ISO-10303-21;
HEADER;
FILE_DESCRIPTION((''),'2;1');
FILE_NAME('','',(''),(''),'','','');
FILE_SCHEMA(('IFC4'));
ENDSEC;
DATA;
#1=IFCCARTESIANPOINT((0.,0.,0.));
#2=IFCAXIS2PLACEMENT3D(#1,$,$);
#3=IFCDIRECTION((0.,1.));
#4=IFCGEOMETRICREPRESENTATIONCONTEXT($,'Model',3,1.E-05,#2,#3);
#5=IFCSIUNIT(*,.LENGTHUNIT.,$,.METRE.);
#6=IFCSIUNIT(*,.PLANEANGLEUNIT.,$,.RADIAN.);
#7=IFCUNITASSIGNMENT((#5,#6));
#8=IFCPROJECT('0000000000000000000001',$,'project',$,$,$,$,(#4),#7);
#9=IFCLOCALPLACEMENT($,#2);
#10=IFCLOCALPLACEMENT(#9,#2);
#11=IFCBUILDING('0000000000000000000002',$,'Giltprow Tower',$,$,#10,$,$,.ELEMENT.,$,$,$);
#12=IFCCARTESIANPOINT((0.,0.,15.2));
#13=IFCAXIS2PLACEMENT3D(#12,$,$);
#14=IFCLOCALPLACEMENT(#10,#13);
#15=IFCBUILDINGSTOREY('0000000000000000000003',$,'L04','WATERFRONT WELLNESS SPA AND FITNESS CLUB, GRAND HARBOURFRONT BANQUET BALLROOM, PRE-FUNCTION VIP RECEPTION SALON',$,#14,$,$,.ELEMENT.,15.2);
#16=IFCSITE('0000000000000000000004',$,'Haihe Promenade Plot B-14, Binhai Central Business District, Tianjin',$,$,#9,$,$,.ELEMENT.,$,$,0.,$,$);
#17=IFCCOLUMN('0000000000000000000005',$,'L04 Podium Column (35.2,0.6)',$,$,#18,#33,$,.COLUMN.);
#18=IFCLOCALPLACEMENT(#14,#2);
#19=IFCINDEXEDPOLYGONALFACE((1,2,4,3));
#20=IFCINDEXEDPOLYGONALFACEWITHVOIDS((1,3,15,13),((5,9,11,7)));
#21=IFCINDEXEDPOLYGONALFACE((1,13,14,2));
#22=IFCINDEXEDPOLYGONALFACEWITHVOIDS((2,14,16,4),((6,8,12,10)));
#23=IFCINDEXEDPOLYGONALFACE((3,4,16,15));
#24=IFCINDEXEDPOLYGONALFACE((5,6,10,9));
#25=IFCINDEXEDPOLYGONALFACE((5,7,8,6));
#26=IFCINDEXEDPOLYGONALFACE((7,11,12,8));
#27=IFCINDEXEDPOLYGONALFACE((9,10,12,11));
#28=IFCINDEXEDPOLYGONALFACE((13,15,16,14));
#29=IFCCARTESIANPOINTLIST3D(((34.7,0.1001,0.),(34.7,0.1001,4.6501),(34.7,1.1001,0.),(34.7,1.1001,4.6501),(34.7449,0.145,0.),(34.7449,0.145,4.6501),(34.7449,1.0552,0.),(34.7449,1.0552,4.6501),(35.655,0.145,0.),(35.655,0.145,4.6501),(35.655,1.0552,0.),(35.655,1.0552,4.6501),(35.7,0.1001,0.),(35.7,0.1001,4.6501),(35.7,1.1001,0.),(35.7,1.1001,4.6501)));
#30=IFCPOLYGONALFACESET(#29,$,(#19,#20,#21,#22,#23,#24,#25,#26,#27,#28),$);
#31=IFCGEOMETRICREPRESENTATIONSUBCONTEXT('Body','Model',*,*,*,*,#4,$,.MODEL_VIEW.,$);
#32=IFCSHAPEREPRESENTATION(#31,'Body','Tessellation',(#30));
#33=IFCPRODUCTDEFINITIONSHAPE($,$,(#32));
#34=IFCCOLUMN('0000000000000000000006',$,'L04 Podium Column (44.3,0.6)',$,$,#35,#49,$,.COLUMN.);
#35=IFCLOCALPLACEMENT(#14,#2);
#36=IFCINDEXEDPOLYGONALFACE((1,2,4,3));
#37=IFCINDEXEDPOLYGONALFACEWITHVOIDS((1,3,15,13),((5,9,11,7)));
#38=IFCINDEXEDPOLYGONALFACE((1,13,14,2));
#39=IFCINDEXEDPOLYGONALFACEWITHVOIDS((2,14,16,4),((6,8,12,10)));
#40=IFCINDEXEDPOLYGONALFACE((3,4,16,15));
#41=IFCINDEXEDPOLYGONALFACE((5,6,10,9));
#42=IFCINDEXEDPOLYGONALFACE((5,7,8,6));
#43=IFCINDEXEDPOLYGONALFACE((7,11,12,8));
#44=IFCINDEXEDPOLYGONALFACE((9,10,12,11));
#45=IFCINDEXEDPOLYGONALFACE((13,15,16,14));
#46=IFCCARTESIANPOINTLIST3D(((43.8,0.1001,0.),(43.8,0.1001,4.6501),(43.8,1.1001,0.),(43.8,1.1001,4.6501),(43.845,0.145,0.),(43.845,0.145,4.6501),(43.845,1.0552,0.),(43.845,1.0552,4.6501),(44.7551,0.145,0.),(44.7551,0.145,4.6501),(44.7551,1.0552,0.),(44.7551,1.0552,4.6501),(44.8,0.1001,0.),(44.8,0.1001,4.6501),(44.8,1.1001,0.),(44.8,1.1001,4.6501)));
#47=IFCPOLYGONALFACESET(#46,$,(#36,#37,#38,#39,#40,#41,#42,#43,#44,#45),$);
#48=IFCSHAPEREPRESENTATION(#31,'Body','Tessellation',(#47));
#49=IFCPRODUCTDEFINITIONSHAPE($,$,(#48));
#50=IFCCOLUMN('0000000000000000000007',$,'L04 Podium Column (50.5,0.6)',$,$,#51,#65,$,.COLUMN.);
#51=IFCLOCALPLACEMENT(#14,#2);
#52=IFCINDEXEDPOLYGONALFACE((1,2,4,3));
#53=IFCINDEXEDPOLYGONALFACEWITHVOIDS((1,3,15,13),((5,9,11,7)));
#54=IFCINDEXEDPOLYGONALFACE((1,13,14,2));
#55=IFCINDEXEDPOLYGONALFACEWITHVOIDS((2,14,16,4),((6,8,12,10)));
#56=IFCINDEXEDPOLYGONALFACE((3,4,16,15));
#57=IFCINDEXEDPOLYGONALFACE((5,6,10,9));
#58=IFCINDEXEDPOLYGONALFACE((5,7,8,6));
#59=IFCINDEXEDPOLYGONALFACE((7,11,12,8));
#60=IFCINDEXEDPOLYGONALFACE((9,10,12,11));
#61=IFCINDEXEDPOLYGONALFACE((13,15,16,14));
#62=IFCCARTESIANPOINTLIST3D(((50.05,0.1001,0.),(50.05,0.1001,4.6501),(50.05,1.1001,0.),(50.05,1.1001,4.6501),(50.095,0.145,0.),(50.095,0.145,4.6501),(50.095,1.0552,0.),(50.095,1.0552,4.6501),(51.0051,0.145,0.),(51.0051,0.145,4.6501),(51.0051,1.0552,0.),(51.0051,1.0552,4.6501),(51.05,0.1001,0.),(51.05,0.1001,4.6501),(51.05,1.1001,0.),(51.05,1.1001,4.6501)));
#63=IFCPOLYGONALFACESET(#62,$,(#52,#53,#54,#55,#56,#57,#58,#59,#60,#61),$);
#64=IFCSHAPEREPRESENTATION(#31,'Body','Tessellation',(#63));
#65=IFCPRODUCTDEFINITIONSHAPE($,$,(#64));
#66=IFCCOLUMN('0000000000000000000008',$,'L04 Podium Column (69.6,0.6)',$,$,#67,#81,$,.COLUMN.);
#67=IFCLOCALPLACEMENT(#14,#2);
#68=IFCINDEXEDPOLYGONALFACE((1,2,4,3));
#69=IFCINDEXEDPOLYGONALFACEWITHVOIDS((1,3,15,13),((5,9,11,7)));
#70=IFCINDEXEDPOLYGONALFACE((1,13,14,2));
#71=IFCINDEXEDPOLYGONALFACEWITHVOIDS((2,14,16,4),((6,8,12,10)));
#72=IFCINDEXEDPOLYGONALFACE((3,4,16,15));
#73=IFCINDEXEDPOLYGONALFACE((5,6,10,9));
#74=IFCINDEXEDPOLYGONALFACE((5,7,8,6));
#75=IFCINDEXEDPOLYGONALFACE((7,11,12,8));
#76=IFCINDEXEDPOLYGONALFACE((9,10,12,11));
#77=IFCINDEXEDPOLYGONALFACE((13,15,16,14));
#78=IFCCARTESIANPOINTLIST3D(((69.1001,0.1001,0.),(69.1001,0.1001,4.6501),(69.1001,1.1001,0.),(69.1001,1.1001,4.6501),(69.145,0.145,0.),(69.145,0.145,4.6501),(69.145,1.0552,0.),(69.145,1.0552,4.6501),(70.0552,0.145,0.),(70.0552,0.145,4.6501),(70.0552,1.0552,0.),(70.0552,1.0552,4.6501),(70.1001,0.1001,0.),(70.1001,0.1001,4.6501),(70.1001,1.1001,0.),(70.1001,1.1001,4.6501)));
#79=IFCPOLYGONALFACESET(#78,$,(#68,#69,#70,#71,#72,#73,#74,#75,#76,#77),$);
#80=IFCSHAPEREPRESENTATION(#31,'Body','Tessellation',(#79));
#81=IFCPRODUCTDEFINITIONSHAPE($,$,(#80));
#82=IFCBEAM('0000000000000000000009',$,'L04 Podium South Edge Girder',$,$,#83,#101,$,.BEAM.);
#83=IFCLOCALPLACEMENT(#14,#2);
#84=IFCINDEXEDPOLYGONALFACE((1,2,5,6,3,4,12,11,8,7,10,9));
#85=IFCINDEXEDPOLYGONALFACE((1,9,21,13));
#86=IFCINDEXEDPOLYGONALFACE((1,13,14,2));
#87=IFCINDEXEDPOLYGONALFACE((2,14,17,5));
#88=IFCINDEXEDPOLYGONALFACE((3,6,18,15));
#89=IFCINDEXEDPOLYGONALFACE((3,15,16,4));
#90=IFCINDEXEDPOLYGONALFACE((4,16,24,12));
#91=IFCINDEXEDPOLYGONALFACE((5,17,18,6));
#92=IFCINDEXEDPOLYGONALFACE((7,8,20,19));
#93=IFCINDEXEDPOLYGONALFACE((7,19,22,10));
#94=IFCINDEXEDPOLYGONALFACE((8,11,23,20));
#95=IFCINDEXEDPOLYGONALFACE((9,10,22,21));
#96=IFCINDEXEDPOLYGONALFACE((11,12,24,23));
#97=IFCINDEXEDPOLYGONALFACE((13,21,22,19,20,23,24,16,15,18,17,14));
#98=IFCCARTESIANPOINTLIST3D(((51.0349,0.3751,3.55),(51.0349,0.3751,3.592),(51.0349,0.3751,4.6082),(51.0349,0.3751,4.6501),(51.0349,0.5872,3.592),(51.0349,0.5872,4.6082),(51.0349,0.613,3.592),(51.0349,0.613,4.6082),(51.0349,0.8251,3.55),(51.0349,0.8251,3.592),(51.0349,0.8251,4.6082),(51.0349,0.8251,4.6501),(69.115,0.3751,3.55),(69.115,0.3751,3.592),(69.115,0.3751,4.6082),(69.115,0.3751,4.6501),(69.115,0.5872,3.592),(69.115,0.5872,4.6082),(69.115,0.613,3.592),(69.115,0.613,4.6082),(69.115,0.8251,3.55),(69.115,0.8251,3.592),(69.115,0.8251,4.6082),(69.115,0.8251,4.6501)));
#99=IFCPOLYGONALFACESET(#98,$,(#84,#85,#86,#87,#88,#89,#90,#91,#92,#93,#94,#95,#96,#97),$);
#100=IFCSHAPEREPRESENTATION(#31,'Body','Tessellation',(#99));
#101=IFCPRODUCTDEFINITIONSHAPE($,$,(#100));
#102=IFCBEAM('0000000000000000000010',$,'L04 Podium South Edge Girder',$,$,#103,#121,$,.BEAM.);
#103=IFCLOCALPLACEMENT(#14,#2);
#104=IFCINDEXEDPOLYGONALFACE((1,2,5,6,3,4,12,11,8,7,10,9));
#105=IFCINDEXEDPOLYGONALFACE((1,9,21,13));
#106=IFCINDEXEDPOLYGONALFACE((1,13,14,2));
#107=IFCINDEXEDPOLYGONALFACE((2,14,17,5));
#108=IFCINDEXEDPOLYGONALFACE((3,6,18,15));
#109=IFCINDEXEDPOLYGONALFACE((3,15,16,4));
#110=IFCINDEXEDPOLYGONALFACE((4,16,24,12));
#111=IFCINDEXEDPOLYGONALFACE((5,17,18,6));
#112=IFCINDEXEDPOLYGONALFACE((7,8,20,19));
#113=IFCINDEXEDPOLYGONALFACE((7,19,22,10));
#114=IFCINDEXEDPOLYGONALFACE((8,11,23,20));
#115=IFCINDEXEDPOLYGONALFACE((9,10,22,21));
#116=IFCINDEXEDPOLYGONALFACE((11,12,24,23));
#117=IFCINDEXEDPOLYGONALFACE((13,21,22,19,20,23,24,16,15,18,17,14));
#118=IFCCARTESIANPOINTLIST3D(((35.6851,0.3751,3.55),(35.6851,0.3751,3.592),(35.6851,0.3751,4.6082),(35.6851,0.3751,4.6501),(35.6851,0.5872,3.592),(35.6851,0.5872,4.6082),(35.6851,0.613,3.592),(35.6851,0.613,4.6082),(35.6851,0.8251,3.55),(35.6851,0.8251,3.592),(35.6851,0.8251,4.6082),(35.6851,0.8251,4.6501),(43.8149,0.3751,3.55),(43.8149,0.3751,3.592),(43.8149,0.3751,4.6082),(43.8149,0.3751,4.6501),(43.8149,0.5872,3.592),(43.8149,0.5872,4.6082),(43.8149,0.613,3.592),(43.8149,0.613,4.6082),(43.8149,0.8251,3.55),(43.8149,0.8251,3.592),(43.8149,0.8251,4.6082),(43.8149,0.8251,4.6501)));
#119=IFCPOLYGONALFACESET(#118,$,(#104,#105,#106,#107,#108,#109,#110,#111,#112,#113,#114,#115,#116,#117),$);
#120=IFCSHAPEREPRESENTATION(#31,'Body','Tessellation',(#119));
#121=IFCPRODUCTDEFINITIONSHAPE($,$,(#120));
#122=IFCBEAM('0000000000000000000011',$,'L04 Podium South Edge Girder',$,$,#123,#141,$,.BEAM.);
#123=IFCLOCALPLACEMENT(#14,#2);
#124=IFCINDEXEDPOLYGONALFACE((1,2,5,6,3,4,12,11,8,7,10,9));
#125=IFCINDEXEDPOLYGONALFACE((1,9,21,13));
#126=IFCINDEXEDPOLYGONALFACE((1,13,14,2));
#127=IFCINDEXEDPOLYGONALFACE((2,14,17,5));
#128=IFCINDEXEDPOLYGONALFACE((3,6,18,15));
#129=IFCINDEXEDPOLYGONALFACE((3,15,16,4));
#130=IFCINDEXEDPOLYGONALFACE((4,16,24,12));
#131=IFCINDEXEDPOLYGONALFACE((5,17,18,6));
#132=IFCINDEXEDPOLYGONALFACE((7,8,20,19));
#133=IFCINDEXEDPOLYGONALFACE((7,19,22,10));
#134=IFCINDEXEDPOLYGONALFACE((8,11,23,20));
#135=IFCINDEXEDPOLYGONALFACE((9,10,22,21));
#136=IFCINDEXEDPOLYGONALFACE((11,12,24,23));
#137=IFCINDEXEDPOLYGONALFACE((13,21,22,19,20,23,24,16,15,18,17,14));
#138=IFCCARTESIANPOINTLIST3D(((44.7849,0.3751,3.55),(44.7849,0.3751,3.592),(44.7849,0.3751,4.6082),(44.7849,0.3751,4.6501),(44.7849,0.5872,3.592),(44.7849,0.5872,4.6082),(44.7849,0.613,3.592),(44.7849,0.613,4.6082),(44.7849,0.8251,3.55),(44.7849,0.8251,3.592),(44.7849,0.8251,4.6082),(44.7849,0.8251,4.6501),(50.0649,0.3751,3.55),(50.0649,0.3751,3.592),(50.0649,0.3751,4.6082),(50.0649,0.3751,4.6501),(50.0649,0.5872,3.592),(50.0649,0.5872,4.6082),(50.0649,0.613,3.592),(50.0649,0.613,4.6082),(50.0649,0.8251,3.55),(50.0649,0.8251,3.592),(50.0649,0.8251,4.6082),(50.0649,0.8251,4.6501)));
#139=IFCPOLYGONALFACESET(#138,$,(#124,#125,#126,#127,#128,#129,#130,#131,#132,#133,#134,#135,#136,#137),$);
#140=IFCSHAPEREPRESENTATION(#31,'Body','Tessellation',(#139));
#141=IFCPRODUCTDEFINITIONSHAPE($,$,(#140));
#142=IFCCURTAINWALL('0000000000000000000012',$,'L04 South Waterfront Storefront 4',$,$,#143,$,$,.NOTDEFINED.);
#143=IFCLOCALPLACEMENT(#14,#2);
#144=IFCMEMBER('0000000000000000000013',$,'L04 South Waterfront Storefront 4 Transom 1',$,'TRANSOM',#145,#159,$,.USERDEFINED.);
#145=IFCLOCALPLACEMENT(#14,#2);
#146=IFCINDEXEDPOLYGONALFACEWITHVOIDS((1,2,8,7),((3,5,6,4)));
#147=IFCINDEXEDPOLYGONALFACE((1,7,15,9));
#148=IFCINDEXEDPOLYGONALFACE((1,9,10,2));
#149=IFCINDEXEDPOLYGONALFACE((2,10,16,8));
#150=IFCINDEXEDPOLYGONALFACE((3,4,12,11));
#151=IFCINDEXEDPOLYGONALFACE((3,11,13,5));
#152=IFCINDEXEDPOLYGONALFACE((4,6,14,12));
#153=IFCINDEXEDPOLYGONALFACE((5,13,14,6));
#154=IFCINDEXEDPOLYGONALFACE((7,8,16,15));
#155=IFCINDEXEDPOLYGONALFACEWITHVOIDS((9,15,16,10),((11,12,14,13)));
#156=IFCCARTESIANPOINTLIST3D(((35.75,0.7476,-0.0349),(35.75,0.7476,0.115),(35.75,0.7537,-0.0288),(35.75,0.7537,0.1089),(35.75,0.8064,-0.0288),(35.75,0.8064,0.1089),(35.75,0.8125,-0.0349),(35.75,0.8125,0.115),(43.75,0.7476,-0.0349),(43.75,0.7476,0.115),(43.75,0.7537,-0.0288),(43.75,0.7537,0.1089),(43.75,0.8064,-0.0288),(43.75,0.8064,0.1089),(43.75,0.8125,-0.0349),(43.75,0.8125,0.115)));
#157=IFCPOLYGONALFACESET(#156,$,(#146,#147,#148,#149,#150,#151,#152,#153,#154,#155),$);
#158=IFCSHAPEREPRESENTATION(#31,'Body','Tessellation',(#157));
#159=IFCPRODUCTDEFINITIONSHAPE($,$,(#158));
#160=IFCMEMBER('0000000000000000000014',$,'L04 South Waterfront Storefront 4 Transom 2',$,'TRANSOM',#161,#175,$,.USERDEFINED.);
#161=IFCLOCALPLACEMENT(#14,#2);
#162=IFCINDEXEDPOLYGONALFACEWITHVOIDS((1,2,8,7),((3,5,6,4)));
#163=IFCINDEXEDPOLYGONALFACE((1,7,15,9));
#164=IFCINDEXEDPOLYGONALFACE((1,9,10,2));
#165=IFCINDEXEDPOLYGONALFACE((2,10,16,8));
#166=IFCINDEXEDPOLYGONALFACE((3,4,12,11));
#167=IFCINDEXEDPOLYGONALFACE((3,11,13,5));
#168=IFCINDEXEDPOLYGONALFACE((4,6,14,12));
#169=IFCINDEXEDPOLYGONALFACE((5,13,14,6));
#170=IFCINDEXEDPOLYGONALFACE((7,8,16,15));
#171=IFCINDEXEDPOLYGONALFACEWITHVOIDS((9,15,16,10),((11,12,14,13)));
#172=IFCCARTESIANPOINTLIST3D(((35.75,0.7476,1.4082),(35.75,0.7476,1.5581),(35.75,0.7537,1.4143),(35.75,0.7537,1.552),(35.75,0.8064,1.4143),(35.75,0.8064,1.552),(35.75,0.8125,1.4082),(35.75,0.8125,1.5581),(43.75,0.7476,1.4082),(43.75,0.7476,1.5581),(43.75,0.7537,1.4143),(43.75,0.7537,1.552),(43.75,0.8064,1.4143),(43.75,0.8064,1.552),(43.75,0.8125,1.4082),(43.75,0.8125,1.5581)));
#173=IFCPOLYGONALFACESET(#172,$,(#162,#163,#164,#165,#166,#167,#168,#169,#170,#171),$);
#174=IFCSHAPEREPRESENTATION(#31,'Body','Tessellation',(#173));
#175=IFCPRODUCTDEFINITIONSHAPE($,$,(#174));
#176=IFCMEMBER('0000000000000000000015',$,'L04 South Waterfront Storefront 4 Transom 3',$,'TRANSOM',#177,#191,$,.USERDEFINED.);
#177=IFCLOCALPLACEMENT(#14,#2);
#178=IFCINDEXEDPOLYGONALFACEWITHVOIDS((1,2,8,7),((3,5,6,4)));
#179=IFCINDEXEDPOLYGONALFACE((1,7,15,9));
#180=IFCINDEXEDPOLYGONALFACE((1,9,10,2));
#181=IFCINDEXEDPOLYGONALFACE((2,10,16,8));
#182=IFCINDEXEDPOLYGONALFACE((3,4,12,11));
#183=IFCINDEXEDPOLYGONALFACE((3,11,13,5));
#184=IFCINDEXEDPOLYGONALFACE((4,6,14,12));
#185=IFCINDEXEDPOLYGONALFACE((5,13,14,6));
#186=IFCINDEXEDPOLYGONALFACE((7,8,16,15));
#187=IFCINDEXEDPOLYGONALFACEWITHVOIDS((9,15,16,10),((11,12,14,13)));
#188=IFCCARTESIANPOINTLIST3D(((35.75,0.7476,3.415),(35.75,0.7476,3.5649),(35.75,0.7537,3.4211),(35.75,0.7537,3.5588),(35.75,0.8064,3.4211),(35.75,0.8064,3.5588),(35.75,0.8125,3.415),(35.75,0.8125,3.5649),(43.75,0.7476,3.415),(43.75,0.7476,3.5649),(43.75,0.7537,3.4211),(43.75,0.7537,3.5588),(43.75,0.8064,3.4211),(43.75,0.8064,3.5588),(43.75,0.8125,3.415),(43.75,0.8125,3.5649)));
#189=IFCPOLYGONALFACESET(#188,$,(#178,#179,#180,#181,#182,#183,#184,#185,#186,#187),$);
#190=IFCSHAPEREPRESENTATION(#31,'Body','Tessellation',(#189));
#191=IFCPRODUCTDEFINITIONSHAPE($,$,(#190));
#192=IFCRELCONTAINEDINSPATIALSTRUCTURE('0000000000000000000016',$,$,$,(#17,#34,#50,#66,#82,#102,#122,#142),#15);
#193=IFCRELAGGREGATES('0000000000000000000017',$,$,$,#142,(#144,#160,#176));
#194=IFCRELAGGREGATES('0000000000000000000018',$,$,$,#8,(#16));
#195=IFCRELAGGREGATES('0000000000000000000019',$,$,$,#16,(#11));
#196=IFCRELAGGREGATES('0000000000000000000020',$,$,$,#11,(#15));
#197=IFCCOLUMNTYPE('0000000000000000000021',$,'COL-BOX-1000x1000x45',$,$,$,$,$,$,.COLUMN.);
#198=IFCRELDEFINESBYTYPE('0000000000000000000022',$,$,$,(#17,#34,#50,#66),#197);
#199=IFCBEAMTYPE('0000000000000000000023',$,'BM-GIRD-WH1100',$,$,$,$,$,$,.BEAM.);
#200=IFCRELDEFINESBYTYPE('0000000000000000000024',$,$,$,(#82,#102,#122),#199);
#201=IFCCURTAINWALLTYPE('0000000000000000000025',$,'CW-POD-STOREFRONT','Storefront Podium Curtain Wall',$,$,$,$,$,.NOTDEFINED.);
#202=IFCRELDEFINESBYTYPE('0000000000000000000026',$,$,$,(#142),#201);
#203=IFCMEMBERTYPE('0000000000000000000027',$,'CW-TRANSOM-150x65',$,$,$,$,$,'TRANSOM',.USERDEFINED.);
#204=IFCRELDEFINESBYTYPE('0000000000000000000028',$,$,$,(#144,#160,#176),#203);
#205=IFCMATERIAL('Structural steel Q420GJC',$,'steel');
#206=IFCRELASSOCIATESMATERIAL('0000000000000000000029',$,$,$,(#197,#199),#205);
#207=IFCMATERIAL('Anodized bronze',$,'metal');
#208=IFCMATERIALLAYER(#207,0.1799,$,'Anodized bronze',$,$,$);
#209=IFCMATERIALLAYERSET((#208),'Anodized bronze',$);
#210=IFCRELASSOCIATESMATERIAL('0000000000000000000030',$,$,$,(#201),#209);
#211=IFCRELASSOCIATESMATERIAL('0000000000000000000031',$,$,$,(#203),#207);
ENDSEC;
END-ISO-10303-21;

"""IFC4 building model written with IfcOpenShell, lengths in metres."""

from ifc_helpers import new_model, si_unit, direction, frame, origin, origin_2d, place, context, subcontext, project, spatial, hollow_rectangle, i_section, extrude, source, transform, mapped, material, layer, layer_set, material_profile, profile_set, type_object, element, aggregate, save


model = new_model("IFC4")

# Units and contexts
model_context = context("Model", 3, precision=1e-05, world=origin(), true_north=direction((0.0, 1.0)))
body_context = subcontext(model_context, "Body", "Model", "MODEL_VIEW")
ifc_project = project(units=[si_unit("LENGTHUNIT", "METRE"), si_unit("PLANEANGLEUNIT", "RADIAN")], contexts=[model_context])

# Site, building, storey
site_placement = place(None, origin())
site = spatial("IfcSite", under=ifc_project, at=site_placement, Name="Haihe Promenade Plot B-14, Binhai Central Business District, Tianjin", CompositionType="ELEMENT", RefElevation=0.0)
building_placement = place(site_placement, origin())
building = spatial("IfcBuilding", under=site, at=building_placement, Name="Giltprow Tower", CompositionType="ELEMENT")
storey_placement = place(building_placement, frame((0.0, 0.0, 15.2)))
storey = spatial("IfcBuildingStorey", under=building, at=storey_placement, Name="L04", Description="WATERFRONT WELLNESS SPA AND FITNESS CLUB, GRAND HARBOURFRONT BANQUET BALLROOM, PRE-FUNCTION VIP RECEPTION SALON", CompositionType="ELEMENT", Elevation=15.2)

# Columns
ifc_material_1 = material(Name="Structural steel Q420GJC", Category="steel")
ifc_material_profile_1 = material_profile(ifc_material_1, hollow_rectangle(XDim=1.0, YDim=1.0, WallThickness=0.0449, at=origin_2d()), Name="BOX 1000x1000x45")
ifc_profile_set_1 = profile_set([ifc_material_profile_1], Name="Structural steel Q420GJC")
column_type = type_object("IfcColumnType", Name="COL-BOX-1000x1000x45", PredefinedType="COLUMN", material=ifc_profile_set_1)
shared_shape_1 = source(origin(), body_context, "Body", "SweptSolid", [
    extrude(hollow_rectangle(XDim=1.0, YDim=1.0, WallThickness=0.0449, at=origin_2d()), origin(), (0.0, 0.0, 1.0), 4.6501),
])
for number, where, z_axis, x_axis, name in (
    (1, (35.2, 0.6001, 0.0), (0.0, 0.0, 1.0), (1.0, 0.0, 0.0), "L04 Podium Column (35.2,0.6)"),
    (2, (44.3, 0.6001, 0.0), (0.0, 0.0, 1.0), (1.0, 0.0, 0.0), "L04 Podium Column (44.3,0.6)"),
    (3, (50.55, 0.6001, 0.0), (0.0, 0.0, 1.0), (1.0, 0.0, 0.0), "L04 Podium Column (50.5,0.6)"),
    (4, (69.6001, 0.6001, 0.0), (0.0, 0.0, 1.0), (1.0, 0.0, 0.0), "L04 Podium Column (69.6,0.6)"),
):
    element("IfcColumn", number, at=place(storey_placement, frame(where, z_axis=z_axis, x_axis=x_axis)), inside=storey, type_object=column_type, Name=name, PredefinedType="COLUMN", context=body_context, shape_type="MappedRepresentation", body=[
        mapped(shared_shape_1, transform((0.0, 0.0, 0.0), x_axis=(1.0, 0.0, 0.0), y_axis=(0.0, 1.0, 0.0), z_axis=(0.0, 0.0, 1.0), scale=1.0)),
    ])

# Beams
ifc_material_profile_2 = material_profile(ifc_material_1, i_section(OverallWidth=0.45, OverallDepth=1.1001, WebThickness=0.0259, FlangeThickness=0.042, at=origin_2d()), Name="WH 1100x450x26x42")
ifc_profile_set_2 = profile_set([ifc_material_profile_2], Name="Structural steel Q420GJC")
beam_type = type_object("IfcBeamType", Name="BM-GIRD-WH1100", PredefinedType="BEAM", material=ifc_profile_set_2)
shared_shape_2 = source(origin(), body_context, "Body", "SweptSolid", [
    extrude(i_section(OverallWidth=0.45, OverallDepth=1.1001, WebThickness=0.0259, FlangeThickness=0.042, at=origin_2d()), origin(), (0.0, 0.0, 1.0), 18.0801),
])
beam_1_placement = place(storey_placement, frame((51.0349, 0.6001, 4.1001), z_axis=(1.0, 0.0, 0.0), x_axis=(0.0, 1.0, 0.0)))
element("IfcBeam", 5, at=beam_1_placement, inside=storey, type_object=beam_type, Name="L04 Podium South Edge Girder", PredefinedType="BEAM", context=body_context, shape_type="MappedRepresentation", body=[
    mapped(shared_shape_2, transform((0.0, 0.0, 0.0), x_axis=(1.0, 0.0, 0.0), y_axis=(0.0, 1.0, 0.0), z_axis=(0.0, 0.0, 1.0), scale=1.0)),
])
shared_shape_3 = source(origin(), body_context, "Body", "SweptSolid", [
    extrude(i_section(OverallWidth=0.45, OverallDepth=1.1001, WebThickness=0.0259, FlangeThickness=0.042, at=origin_2d()), origin(), (0.0, 0.0, 1.0), 8.1299),
])
beam_2_placement = place(storey_placement, frame((35.6851, 0.6001, 4.1001), z_axis=(1.0, 0.0, 0.0), x_axis=(0.0, 1.0, 0.0)))
element("IfcBeam", 6, at=beam_2_placement, inside=storey, type_object=beam_type, Name="L04 Podium South Edge Girder", PredefinedType="BEAM", context=body_context, shape_type="MappedRepresentation", body=[
    mapped(shared_shape_3, transform((0.0, 0.0, 0.0), x_axis=(1.0, 0.0, 0.0), y_axis=(0.0, 1.0, 0.0), z_axis=(0.0, 0.0, 1.0), scale=1.0)),
])
shared_shape_4 = source(origin(), body_context, "Body", "SweptSolid", [
    extrude(i_section(OverallWidth=0.45, OverallDepth=1.1001, WebThickness=0.0259, FlangeThickness=0.042, at=origin_2d()), origin(), (0.0, 0.0, 1.0), 5.28),
])
beam_3_placement = place(storey_placement, frame((44.7849, 0.6001, 4.1001), z_axis=(1.0, 0.0, 0.0), x_axis=(0.0, 1.0, 0.0)))
element("IfcBeam", 7, at=beam_3_placement, inside=storey, type_object=beam_type, Name="L04 Podium South Edge Girder", PredefinedType="BEAM", context=body_context, shape_type="MappedRepresentation", body=[
    mapped(shared_shape_4, transform((0.0, 0.0, 0.0), x_axis=(1.0, 0.0, 0.0), y_axis=(0.0, 1.0, 0.0), z_axis=(0.0, 0.0, 1.0), scale=1.0)),
])

# Curtain wall, members
ifc_material_2 = material(Name="Anodized bronze", Category="metal")
ifc_layer_1 = layer(ifc_material_2, 0.1799, Name="Anodized bronze")
ifc_layer_set_1 = layer_set([ifc_layer_1], Name="Anodized bronze")
curtain_wall_type = type_object("IfcCurtainWallType", Name="CW-POD-STOREFRONT", Description="Storefront Podium Curtain Wall", PredefinedType="NOTDEFINED", material=ifc_layer_set_1)
curtain_wall_1_placement = place(storey_placement, origin())
curtain_wall_1 = element("IfcCurtainWall", 8, at=curtain_wall_1_placement, inside=storey, type_object=curtain_wall_type, Name="L04 South Waterfront Storefront 4", PredefinedType="NOTDEFINED")
ifc_material_profile_3 = material_profile(ifc_material_2, hollow_rectangle(XDim=0.0649, YDim=0.1499, WallThickness=0.0061, at=origin_2d()), Name="RHS 150x65x6")
ifc_profile_set_3 = profile_set([ifc_material_profile_3], Name="Anodized bronze")
member_type_1 = type_object("IfcMemberType", Name="CW-TRANSOM-150x65", ElementType="TRANSOM", PredefinedType="USERDEFINED", material=ifc_profile_set_3)
shared_shape_5 = source(origin(), body_context, "Body", "SweptSolid", [
    extrude(hollow_rectangle(XDim=0.0649, YDim=0.1499, WallThickness=0.0061, at=origin_2d()), origin(), (0.0, 0.0, 1.0), 8.0),
])
member_1_placement = place(storey_placement, frame((35.75, 0.78, 0.04), z_axis=(1.0, 0.0, 0.0), x_axis=(0.0, 1.0, 0.0)))
member_1 = element("IfcMember", 9, at=member_1_placement, type_object=member_type_1, Name="L04 South Waterfront Storefront 4 Transom 1", ObjectType="TRANSOM", PredefinedType="USERDEFINED", context=body_context, shape_type="MappedRepresentation", body=[
    mapped(shared_shape_5, transform((0.0, 0.0, 0.0), x_axis=(1.0, 0.0, 0.0), y_axis=(0.0, 1.0, 0.0), z_axis=(0.0, 0.0, 1.0), scale=1.0)),
])
member_2_placement = place(storey_placement, frame((35.75, 0.78, 1.4832), z_axis=(1.0, 0.0, 0.0), x_axis=(0.0, 1.0, 0.0)))
member_2 = element("IfcMember", 10, at=member_2_placement, type_object=member_type_1, Name="L04 South Waterfront Storefront 4 Transom 2", ObjectType="TRANSOM", PredefinedType="USERDEFINED", context=body_context, shape_type="MappedRepresentation", body=[
    mapped(shared_shape_5, transform((0.0, 0.0, 0.0), x_axis=(1.0, 0.0, 0.0), y_axis=(0.0, 1.0, 0.0), z_axis=(0.0, 0.0, 1.0), scale=1.0)),
])
member_3_placement = place(storey_placement, frame((35.75, 0.78, 3.49), z_axis=(1.0, 0.0, 0.0), x_axis=(0.0, 1.0, 0.0)))
member_3 = element("IfcMember", 11, at=member_3_placement, type_object=member_type_1, Name="L04 South Waterfront Storefront 4 Transom 3", ObjectType="TRANSOM", PredefinedType="USERDEFINED", context=body_context, shape_type="MappedRepresentation", body=[
    mapped(shared_shape_5, transform((0.0, 0.0, 0.0), x_axis=(1.0, 0.0, 0.0), y_axis=(0.0, 1.0, 0.0), z_axis=(0.0, 0.0, 1.0), scale=1.0)),
])

aggregate(curtain_wall_1, [member_1, member_2, member_3])

save(model, "model.ifc")
